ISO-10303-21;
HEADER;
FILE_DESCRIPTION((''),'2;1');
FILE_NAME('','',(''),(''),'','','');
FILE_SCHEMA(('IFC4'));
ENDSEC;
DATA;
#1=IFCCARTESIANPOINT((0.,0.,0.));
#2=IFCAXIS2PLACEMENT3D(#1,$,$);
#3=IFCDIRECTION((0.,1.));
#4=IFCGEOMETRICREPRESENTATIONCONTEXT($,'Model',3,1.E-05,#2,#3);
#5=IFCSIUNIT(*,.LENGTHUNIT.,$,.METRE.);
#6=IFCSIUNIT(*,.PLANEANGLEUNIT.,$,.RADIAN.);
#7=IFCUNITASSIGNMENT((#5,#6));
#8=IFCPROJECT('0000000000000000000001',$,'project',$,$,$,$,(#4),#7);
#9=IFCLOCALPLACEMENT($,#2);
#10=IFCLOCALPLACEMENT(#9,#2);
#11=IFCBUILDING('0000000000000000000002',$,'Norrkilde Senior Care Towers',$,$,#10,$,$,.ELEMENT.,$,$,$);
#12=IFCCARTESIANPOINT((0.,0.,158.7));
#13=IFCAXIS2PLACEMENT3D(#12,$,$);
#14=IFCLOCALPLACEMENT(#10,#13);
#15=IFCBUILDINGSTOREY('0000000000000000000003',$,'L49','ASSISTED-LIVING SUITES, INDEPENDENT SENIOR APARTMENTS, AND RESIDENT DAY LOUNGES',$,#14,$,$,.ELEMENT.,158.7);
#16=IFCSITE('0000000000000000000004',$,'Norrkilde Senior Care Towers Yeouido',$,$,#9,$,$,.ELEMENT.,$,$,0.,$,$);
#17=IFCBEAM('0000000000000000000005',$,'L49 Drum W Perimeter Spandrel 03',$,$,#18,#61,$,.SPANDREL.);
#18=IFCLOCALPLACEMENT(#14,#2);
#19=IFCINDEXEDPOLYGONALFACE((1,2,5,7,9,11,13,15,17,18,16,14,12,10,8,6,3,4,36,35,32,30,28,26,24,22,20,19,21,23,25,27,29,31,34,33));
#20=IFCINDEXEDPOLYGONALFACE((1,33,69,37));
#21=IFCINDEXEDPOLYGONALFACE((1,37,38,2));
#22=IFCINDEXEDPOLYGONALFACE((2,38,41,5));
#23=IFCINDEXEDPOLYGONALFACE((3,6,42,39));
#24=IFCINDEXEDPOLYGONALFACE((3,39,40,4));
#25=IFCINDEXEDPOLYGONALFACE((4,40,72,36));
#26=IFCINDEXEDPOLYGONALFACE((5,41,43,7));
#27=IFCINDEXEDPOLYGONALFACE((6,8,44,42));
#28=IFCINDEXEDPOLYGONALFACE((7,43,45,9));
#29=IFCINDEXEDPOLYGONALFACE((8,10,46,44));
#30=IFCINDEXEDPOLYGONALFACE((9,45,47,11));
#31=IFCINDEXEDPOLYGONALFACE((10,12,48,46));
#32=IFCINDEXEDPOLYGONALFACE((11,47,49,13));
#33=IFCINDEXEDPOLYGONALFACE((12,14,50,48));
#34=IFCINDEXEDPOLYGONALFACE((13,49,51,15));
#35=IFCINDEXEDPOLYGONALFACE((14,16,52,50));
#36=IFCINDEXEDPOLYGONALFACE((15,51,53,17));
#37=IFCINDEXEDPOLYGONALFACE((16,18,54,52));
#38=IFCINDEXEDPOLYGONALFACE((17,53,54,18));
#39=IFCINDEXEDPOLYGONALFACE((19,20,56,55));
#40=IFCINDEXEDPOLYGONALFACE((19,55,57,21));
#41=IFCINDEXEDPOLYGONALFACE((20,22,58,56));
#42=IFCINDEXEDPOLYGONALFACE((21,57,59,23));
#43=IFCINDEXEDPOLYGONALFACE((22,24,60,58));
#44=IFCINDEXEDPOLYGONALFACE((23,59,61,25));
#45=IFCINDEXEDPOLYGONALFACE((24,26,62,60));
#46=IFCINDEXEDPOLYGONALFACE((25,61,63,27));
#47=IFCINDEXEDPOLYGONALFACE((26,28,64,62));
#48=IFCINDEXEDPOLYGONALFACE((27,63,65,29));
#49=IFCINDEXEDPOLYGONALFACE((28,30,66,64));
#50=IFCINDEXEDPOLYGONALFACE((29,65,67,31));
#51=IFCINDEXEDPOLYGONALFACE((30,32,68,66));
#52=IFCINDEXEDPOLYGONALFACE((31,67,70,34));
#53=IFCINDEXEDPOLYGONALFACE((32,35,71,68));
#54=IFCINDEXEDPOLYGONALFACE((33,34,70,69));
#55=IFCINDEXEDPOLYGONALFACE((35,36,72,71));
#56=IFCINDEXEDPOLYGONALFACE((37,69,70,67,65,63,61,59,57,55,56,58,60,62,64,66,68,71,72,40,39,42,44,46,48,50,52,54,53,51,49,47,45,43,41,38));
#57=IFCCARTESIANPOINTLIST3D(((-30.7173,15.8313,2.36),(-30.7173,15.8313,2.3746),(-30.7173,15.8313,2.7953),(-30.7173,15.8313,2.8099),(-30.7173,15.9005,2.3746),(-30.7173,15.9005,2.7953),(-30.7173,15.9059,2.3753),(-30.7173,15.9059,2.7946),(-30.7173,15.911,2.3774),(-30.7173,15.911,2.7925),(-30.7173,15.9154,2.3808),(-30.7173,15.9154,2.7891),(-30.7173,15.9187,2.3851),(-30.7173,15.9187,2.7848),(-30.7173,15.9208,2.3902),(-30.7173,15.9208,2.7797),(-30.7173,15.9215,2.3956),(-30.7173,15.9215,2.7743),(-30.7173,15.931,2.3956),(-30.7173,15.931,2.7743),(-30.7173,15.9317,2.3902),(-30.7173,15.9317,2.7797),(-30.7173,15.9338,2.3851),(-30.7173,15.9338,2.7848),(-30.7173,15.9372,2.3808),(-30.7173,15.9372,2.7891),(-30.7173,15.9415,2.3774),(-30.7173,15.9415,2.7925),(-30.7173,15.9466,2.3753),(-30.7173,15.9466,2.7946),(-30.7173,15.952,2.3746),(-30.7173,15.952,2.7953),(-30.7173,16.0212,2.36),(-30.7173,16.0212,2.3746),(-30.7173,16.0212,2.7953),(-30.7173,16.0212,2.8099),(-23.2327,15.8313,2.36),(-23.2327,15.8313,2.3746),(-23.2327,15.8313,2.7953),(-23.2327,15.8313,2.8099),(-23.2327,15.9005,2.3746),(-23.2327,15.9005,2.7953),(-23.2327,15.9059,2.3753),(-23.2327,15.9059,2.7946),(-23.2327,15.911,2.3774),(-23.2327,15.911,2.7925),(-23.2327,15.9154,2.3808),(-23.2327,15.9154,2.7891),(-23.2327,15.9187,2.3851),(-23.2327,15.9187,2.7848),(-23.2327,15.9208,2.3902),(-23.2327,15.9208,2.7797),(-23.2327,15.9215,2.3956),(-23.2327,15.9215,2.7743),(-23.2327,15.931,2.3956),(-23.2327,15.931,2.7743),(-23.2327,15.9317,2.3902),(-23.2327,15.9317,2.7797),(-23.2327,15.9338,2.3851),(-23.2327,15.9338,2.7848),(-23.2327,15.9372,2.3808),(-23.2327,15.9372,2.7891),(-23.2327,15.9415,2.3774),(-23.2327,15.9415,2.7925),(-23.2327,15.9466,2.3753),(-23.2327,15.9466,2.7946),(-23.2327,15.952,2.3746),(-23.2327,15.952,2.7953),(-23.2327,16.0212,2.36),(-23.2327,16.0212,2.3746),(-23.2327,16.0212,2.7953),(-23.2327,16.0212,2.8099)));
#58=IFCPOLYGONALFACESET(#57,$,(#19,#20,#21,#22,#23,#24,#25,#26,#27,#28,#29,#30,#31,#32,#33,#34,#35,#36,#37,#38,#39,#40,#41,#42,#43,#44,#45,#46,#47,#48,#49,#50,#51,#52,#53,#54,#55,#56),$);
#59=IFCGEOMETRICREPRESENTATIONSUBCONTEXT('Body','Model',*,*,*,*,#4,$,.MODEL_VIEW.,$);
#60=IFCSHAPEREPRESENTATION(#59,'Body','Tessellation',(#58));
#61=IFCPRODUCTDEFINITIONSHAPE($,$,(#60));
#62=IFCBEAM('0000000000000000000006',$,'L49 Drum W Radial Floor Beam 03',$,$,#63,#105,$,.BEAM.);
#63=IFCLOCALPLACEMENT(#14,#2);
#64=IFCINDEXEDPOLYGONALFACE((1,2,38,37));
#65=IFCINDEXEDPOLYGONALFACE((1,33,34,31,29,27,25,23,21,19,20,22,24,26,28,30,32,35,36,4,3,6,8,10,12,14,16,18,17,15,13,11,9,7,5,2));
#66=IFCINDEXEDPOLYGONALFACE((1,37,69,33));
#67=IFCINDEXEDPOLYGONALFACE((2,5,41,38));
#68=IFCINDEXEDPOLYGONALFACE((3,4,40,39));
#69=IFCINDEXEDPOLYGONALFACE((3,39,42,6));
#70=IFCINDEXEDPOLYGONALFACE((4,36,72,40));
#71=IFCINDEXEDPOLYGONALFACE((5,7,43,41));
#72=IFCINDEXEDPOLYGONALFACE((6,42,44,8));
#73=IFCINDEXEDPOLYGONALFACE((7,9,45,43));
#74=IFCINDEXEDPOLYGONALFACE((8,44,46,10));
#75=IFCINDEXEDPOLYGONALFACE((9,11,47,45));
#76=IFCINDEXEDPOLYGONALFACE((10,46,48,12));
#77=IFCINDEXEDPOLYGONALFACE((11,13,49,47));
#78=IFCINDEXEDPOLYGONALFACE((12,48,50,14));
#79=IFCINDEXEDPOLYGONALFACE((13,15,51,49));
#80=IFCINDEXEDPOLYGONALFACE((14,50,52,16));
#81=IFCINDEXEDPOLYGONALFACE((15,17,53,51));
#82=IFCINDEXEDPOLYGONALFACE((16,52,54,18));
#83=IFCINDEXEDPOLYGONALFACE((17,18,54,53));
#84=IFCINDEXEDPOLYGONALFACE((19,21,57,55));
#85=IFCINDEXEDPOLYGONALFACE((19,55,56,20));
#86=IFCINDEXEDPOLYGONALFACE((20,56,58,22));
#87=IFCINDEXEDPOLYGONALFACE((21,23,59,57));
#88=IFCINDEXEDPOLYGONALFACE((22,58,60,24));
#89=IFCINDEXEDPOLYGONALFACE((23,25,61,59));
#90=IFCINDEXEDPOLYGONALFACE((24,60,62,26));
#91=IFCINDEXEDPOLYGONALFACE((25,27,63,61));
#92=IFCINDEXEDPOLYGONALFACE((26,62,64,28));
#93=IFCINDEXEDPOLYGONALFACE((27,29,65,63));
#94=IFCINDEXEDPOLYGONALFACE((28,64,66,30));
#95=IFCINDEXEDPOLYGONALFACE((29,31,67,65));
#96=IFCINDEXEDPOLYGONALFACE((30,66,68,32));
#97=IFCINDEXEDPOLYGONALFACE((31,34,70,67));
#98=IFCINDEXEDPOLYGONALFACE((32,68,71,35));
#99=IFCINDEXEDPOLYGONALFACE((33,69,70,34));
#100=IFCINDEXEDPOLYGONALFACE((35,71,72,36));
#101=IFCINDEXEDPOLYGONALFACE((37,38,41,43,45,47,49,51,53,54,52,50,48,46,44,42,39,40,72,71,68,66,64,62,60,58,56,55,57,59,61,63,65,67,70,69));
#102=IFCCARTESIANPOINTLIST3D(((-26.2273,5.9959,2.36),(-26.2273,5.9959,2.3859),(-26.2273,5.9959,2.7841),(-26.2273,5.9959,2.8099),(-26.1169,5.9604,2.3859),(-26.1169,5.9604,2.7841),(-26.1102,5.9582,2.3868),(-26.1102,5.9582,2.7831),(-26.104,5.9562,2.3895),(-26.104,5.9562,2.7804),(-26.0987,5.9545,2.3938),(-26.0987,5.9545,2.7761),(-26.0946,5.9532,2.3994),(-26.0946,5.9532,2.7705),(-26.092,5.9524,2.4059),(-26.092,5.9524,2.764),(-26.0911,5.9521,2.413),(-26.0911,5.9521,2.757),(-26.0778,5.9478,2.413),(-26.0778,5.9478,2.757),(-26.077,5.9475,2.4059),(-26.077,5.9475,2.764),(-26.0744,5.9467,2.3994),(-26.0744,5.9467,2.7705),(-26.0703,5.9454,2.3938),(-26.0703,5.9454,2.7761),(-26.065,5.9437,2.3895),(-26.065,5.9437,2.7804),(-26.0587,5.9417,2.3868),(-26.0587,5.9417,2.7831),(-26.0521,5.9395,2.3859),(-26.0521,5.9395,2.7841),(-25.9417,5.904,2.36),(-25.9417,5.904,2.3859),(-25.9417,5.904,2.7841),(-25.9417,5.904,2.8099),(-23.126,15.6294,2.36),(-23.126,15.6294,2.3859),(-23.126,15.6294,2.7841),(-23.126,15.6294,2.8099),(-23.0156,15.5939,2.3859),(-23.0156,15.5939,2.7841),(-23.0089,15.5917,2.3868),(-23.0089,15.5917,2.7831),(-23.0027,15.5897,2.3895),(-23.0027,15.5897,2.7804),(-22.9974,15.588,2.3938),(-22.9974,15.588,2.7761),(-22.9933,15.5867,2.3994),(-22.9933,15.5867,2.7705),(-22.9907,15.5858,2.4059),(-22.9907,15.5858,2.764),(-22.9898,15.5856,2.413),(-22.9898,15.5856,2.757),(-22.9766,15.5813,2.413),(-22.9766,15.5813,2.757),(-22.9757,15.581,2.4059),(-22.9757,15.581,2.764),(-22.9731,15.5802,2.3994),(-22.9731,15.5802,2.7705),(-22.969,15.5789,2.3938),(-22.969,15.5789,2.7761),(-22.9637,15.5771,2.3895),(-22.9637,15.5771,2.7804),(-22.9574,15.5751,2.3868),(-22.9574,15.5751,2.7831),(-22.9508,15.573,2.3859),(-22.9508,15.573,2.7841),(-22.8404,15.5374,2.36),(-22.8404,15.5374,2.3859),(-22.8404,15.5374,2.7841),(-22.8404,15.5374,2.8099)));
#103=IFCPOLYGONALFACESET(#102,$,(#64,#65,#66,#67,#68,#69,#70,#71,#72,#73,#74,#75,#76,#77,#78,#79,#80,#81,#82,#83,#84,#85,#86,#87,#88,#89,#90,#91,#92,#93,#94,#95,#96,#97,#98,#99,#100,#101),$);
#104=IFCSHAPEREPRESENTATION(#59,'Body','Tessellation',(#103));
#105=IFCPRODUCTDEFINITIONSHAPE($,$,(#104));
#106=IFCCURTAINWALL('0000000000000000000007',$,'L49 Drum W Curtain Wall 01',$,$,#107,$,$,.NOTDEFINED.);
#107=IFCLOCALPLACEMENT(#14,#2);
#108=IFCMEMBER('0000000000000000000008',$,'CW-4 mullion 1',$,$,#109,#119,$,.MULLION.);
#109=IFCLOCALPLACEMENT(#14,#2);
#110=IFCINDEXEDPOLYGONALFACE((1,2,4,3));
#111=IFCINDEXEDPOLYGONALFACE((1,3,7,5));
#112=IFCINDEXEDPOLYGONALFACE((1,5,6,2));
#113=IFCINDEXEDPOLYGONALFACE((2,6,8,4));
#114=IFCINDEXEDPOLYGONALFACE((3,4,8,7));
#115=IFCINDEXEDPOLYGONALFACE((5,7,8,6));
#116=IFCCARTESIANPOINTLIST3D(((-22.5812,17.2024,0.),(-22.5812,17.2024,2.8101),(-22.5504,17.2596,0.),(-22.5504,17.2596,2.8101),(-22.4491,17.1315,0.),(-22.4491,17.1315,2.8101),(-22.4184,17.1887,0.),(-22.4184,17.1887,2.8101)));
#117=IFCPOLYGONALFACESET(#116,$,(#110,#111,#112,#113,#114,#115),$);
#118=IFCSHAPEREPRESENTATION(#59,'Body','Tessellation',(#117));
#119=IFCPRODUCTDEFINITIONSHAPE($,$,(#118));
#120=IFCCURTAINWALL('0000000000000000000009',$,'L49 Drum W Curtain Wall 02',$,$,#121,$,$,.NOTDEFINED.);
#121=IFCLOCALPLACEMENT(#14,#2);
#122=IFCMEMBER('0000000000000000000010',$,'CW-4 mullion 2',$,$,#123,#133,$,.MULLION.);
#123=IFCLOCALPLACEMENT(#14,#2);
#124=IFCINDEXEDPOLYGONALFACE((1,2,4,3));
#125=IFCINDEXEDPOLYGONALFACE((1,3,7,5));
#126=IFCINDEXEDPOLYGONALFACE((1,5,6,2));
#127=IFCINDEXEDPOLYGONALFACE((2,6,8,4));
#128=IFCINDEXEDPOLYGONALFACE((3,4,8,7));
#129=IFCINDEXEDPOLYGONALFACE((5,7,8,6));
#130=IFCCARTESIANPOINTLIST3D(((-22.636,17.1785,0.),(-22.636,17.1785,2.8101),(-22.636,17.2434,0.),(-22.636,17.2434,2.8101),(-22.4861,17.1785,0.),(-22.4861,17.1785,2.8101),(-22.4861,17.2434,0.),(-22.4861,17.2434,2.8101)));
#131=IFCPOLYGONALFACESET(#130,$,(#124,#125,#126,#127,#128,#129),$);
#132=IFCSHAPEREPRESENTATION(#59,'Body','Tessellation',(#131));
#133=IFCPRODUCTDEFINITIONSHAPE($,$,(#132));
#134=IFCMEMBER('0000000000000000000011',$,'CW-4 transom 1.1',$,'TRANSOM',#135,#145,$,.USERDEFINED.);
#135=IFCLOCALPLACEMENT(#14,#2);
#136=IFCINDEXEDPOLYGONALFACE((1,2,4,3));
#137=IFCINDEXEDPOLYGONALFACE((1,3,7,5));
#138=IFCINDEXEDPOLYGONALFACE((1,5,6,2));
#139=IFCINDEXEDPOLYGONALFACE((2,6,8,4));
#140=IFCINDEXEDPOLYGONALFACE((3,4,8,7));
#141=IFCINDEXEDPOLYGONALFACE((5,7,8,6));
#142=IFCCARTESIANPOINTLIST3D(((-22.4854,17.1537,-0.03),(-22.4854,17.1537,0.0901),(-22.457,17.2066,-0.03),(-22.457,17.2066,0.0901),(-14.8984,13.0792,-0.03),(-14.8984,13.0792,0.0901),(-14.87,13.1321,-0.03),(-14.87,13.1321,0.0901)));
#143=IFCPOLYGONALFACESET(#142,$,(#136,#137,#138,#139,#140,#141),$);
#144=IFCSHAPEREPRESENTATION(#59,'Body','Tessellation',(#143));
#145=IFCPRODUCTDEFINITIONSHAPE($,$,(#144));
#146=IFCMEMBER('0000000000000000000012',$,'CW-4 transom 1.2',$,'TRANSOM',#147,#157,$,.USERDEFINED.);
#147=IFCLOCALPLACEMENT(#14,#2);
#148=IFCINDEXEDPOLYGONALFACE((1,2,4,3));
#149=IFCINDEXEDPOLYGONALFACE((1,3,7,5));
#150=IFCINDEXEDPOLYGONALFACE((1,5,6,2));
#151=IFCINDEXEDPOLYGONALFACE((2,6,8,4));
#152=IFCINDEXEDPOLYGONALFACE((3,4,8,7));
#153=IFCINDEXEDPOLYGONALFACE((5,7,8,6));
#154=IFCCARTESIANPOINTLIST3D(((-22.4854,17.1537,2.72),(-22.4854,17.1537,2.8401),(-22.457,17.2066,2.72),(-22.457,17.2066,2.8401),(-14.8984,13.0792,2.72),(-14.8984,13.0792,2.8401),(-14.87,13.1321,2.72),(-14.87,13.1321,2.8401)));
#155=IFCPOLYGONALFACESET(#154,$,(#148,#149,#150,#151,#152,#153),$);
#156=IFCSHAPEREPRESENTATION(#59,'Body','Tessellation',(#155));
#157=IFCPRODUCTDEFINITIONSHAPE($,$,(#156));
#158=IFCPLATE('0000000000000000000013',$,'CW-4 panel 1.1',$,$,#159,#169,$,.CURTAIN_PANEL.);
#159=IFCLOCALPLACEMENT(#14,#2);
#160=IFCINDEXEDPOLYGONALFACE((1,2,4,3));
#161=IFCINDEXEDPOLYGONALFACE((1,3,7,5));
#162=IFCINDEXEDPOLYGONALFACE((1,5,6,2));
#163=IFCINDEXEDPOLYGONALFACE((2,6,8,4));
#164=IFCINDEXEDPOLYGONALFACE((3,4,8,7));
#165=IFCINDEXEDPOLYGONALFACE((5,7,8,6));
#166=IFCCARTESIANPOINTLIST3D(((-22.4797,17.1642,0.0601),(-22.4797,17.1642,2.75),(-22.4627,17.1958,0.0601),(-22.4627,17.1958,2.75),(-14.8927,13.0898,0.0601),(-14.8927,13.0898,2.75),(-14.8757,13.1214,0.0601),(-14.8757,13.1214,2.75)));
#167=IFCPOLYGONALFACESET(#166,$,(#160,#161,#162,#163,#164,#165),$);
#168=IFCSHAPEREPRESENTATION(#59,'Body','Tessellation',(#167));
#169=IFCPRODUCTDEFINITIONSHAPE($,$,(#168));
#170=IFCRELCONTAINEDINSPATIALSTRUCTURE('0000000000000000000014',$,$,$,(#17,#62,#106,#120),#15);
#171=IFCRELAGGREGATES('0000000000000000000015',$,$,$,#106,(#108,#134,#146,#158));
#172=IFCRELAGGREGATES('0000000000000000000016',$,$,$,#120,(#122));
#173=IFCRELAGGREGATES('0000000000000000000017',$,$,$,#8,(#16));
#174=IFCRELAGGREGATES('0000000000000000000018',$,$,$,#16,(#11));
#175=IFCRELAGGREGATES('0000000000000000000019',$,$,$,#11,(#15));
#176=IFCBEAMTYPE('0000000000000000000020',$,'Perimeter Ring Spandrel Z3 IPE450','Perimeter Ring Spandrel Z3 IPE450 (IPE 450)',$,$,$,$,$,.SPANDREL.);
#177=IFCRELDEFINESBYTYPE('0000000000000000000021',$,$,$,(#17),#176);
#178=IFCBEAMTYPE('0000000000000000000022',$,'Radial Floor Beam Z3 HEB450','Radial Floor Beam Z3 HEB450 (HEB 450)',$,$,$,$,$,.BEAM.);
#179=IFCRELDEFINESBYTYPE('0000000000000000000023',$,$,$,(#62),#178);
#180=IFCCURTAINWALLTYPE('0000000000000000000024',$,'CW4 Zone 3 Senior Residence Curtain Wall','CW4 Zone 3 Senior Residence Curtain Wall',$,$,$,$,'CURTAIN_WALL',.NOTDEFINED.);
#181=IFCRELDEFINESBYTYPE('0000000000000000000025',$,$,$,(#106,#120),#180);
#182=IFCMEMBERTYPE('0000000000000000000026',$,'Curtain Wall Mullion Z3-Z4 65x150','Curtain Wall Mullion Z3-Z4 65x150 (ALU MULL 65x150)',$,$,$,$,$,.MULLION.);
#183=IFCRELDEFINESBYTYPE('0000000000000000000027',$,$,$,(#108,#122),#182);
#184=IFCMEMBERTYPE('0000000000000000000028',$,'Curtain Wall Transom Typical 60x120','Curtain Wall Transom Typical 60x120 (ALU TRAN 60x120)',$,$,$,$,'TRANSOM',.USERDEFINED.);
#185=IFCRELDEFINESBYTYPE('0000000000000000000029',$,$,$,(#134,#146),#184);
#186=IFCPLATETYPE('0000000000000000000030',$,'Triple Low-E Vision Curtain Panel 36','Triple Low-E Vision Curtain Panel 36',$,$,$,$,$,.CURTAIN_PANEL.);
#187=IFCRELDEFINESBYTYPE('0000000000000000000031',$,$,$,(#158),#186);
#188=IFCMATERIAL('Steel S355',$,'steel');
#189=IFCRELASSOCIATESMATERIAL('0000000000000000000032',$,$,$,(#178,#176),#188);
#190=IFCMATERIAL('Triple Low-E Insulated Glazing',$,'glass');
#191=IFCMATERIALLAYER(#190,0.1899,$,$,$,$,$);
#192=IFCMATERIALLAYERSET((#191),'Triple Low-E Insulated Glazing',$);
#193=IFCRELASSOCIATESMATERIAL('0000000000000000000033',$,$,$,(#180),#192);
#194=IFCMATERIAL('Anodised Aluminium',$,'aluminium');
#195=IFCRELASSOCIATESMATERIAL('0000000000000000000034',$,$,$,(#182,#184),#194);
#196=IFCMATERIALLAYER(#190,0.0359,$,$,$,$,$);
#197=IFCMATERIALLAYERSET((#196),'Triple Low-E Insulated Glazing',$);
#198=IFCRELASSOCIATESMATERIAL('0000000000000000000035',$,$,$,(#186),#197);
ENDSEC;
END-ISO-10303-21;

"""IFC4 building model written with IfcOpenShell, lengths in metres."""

from ifc_helpers import new_model, si_unit, direction, frame, origin, origin_2d, place, context, subcontext, project, spatial, rectangle, i_section, extrude, source, transform, mapped, material, layer, layer_set, material_profile, profile_set, type_object, type_shapes, element, aggregate, save


model = new_model("IFC4")

# Units and contexts
model_context = context("Model", 3, precision=1e-05, world=origin(), true_north=direction((0.0, 1.0)))
body_context = subcontext(model_context, "Body", "Model", "MODEL_VIEW")
ifc_project = project(units=[si_unit("LENGTHUNIT", "METRE"), si_unit("PLANEANGLEUNIT", "RADIAN")], contexts=[model_context])

# Site, building, storey
site_placement = place(None, origin())
site = spatial("IfcSite", under=ifc_project, at=site_placement, Name="Norrkilde Senior Care Towers Yeouido", CompositionType="ELEMENT", RefElevation=0.0)
building_placement = place(site_placement, origin())
building = spatial("IfcBuilding", under=site, at=building_placement, Name="Norrkilde Senior Care Towers", CompositionType="ELEMENT")
storey_placement = place(building_placement, frame((0.0, 0.0, 158.7)))
storey = spatial("IfcBuildingStorey", under=building, at=storey_placement, Name="L49", Description="ASSISTED-LIVING SUITES, INDEPENDENT SENIOR APARTMENTS, AND RESIDENT DAY LOUNGES", CompositionType="ELEMENT", Elevation=158.7)

# Beams
ifc_material_1 = material(Name="Steel S355", Category="steel")
ifc_material_profile_1 = material_profile(ifc_material_1, i_section(OverallWidth=0.3, OverallDepth=0.45, WebThickness=0.0139, FlangeThickness=0.0259, FilletRadius=0.0271, at=origin_2d()), Name="HEB 450")
ifc_profile_set_1 = profile_set([ifc_material_profile_1], Name="Steel S355")
beam_type_1 = type_object("IfcBeamType", Name="Radial Floor Beam Z3 HEB450", Description="Radial Floor Beam Z3 HEB450 (HEB 450)", PredefinedType="BEAM", material=ifc_profile_set_1)
ifc_material_profile_2 = material_profile(ifc_material_1, i_section(OverallWidth=0.1899, OverallDepth=0.45, WebThickness=0.0095, FlangeThickness=0.0146, FilletRadius=0.021, at=origin_2d()), Name="IPE 450")
ifc_profile_set_2 = profile_set([ifc_material_profile_2], Name="Steel S355")
beam_type_2 = type_object("IfcBeamType", Name="Perimeter Ring Spandrel Z3 IPE450", Description="Perimeter Ring Spandrel Z3 IPE450 (IPE 450)", PredefinedType="SPANDREL", material=ifc_profile_set_2)
shared_shape_1 = source(origin(), body_context, "Body", "SweptSolid", [
    extrude(i_section(OverallWidth=0.1899, OverallDepth=0.45, WebThickness=0.0095, FlangeThickness=0.0146, FilletRadius=0.021, at=origin_2d()), origin(), (0.0, 0.0, 1.0), 7.4846),
])
type_shapes(beam_type_2, [shared_shape_1])
beam_1_placement = place(storey_placement, frame((-23.2327, 15.9263, 2.585), z_axis=(-1.0, 0.0, 0.0), x_axis=(0.0, -1.0, 0.0)))
element("IfcBeam", 1, at=beam_1_placement, inside=storey, type_object=beam_type_2, Name="L49 Drum W Perimeter Spandrel 03", PredefinedType="SPANDREL", context=body_context, shape_type="MappedRepresentation", body=[
    mapped(shared_shape_1, transform((0.0, 0.0, 0.0), x_axis=(1.0, 0.0, 0.0), y_axis=(0.0, 1.0, 0.0), z_axis=(0.0, 0.0, 1.0), scale=1.0)),
])
shared_shape_2 = source(origin(), body_context, "Body", "SweptSolid", [
    extrude(i_section(OverallWidth=0.3, OverallDepth=0.45, WebThickness=0.0139, FlangeThickness=0.0259, FilletRadius=0.0271, at=origin_2d()), origin(), (0.0, 0.0, 1.0), 10.1204),
])
beam_2_placement = place(storey_placement, frame((-26.0845, 5.95, 2.585), z_axis=(0.306441, 0.95189, 0.0), x_axis=(-0.95189, 0.306441, 0.0)))
element("IfcBeam", 2, at=beam_2_placement, inside=storey, type_object=beam_type_1, Name="L49 Drum W Radial Floor Beam 03", PredefinedType="BEAM", context=body_context, shape_type="MappedRepresentation", body=[
    mapped(shared_shape_2, transform((0.0, 0.0, 0.0), x_axis=(1.0, 0.0, 0.0), y_axis=(0.0, 1.0, 0.0), z_axis=(0.0, 0.0, 1.0), scale=1.0)),
])

# Curtain walls, members
ifc_material_2 = material(Name="Triple Low-E Insulated Glazing", Category="glass")
ifc_layer_1 = layer(ifc_material_2, 0.1899)
ifc_layer_set_1 = layer_set([ifc_layer_1], Name="Triple Low-E Insulated Glazing")
curtain_wall_type = type_object("IfcCurtainWallType", Name="CW4 Zone 3 Senior Residence Curtain Wall", Description="CW4 Zone 3 Senior Residence Curtain Wall", ElementType="CURTAIN_WALL", PredefinedType="NOTDEFINED", material=ifc_layer_set_1)
curtain_wall_1_placement = place(storey_placement, origin())
curtain_wall_1 = element("IfcCurtainWall", 3, at=curtain_wall_1_placement, inside=storey, type_object=curtain_wall_type, Name="L49 Drum W Curtain Wall 01", PredefinedType="NOTDEFINED")
ifc_material_3 = material(Name="Anodised Aluminium", Category="aluminium")
ifc_material_profile_3 = material_profile(ifc_material_3, rectangle(XDim=0.0649, YDim=0.1499, at=origin_2d()), Name="ALU MULL 65x150")
ifc_profile_set_3 = profile_set([ifc_material_profile_3], Name="Anodised Aluminium")
member_type_1 = type_object("IfcMemberType", Name="Curtain Wall Mullion Z3-Z4 65x150", Description="Curtain Wall Mullion Z3-Z4 65x150 (ALU MULL 65x150)", PredefinedType="MULLION", material=ifc_profile_set_3)
shared_shape_3 = source(origin(), body_context, "Body", "SweptSolid", [
    extrude(rectangle(XDim=0.0649, YDim=0.1499, at=origin_2d()), origin(), (0.0, 0.0, 1.0), 2.8101),
])
type_shapes(member_type_1, [shared_shape_3])
member_1_placement = place(storey_placement, frame((-22.4998, 17.1956, 0.0), z_axis=(0.0, 0.0, 1.0), x_axis=(0.473117, 0.881, 0.0)))
member_1 = element("IfcMember", 4, at=member_1_placement, type_object=member_type_1, Name="CW-4 mullion 1", PredefinedType="MULLION", context=body_context, shape_type="MappedRepresentation", body=[
    mapped(shared_shape_3, transform((0.0, 0.0, 0.0), x_axis=(1.0, 0.0, 0.0), y_axis=(0.0, 1.0, 0.0), z_axis=(0.0, 0.0, 1.0), scale=1.0)),
])
curtain_wall_2_placement = place(storey_placement, origin())
curtain_wall_2 = element("IfcCurtainWall", 5, at=curtain_wall_2_placement, inside=storey, type_object=curtain_wall_type, Name="L49 Drum W Curtain Wall 02", PredefinedType="NOTDEFINED")
member_2_placement = place(storey_placement, frame((-22.561, 17.2109, 0.0), z_axis=(0.0, 0.0, 1.0), x_axis=(0.0, 1.0, 0.0)))
member_2 = element("IfcMember", 6, at=member_2_placement, type_object=member_type_1, Name="CW-4 mullion 2", PredefinedType="MULLION", context=body_context, shape_type="MappedRepresentation", body=[
    mapped(shared_shape_3, transform((0.0, 0.0, 0.0), x_axis=(1.0, 0.0, 0.0), y_axis=(0.0, 1.0, 0.0), z_axis=(0.0, 0.0, 1.0), scale=1.0)),
])

# Members
ifc_material_profile_4 = material_profile(ifc_material_3, rectangle(XDim=0.0601, YDim=0.1201, at=origin_2d()), Name="ALU TRAN 60x120")
ifc_profile_set_4 = profile_set([ifc_material_profile_4], Name="Anodised Aluminium")
member_type_2 = type_object("IfcMemberType", Name="Curtain Wall Transom Typical 60x120", Description="Curtain Wall Transom Typical 60x120 (ALU TRAN 60x120)", ElementType="TRANSOM", PredefinedType="USERDEFINED", material=ifc_profile_set_4)
shared_shape_4 = source(origin(), body_context, "Body", "SweptSolid", [
    extrude(rectangle(XDim=0.0601, YDim=0.1201, at=origin_2d()), origin(), (0.0, 0.0, 1.0), 8.6118),
])
type_shapes(member_type_2, [shared_shape_4])
member_3_placement = place(storey_placement, frame((-22.4712, 17.1802, 0.03), z_axis=(0.880994, -0.473127, 0.0), x_axis=(0.473127, 0.880994, 0.0)))
member_3 = element("IfcMember", 7, at=member_3_placement, type_object=member_type_2, Name="CW-4 transom 1.1", ObjectType="TRANSOM", PredefinedType="USERDEFINED", context=body_context, shape_type="MappedRepresentation", body=[
    mapped(shared_shape_4, transform((0.0, 0.0, 0.0), x_axis=(1.0, 0.0, 0.0), y_axis=(0.0, 1.0, 0.0), z_axis=(0.0, 0.0, 1.0), scale=1.0)),
])
member_4_placement = place(storey_placement, frame((-22.4712, 17.1802, 2.78), z_axis=(0.880994, -0.473127, 0.0), x_axis=(0.473127, 0.880994, 0.0)))
member_4 = element("IfcMember", 8, at=member_4_placement, type_object=member_type_2, Name="CW-4 transom 1.2", ObjectType="TRANSOM", PredefinedType="USERDEFINED", context=body_context, shape_type="MappedRepresentation", body=[
    mapped(shared_shape_4, transform((0.0, 0.0, 0.0), x_axis=(1.0, 0.0, 0.0), y_axis=(0.0, 1.0, 0.0), z_axis=(0.0, 0.0, 1.0), scale=1.0)),
])

# Plate
ifc_layer_2 = layer(ifc_material_2, 0.0359)
ifc_layer_set_2 = layer_set([ifc_layer_2], Name="Triple Low-E Insulated Glazing")
plate_type = type_object("IfcPlateType", Name="Triple Low-E Vision Curtain Panel 36", Description="Triple Low-E Vision Curtain Panel 36", PredefinedType="CURTAIN_PANEL", material=ifc_layer_set_2)
shared_shape_5 = source(origin(), body_context, "Body", "SweptSolid", [
    extrude(rectangle(XDim=8.6118, YDim=0.0359, at=origin_2d()), origin(), (0.0, 0.0, 1.0), 2.6899),
])
plate_1_placement = place(storey_placement, frame((-18.6777, 15.1428, 0.0601), z_axis=(0.0, 0.0, 1.0), x_axis=(0.881, -0.473117, 0.0)))
plate_1 = element("IfcPlate", 9, at=plate_1_placement, type_object=plate_type, Name="CW-4 panel 1.1", PredefinedType="CURTAIN_PANEL", context=body_context, shape_type="MappedRepresentation", body=[
    mapped(shared_shape_5, transform((0.0, 0.0, 0.0), x_axis=(1.0, 0.0, 0.0), y_axis=(0.0, 1.0, 0.0), z_axis=(0.0, 0.0, 1.0), scale=1.0)),
])
aggregate(curtain_wall_1, [member_1, member_3, member_4, plate_1])
aggregate(curtain_wall_2, [member_2])

save(model, "model.ifc")
